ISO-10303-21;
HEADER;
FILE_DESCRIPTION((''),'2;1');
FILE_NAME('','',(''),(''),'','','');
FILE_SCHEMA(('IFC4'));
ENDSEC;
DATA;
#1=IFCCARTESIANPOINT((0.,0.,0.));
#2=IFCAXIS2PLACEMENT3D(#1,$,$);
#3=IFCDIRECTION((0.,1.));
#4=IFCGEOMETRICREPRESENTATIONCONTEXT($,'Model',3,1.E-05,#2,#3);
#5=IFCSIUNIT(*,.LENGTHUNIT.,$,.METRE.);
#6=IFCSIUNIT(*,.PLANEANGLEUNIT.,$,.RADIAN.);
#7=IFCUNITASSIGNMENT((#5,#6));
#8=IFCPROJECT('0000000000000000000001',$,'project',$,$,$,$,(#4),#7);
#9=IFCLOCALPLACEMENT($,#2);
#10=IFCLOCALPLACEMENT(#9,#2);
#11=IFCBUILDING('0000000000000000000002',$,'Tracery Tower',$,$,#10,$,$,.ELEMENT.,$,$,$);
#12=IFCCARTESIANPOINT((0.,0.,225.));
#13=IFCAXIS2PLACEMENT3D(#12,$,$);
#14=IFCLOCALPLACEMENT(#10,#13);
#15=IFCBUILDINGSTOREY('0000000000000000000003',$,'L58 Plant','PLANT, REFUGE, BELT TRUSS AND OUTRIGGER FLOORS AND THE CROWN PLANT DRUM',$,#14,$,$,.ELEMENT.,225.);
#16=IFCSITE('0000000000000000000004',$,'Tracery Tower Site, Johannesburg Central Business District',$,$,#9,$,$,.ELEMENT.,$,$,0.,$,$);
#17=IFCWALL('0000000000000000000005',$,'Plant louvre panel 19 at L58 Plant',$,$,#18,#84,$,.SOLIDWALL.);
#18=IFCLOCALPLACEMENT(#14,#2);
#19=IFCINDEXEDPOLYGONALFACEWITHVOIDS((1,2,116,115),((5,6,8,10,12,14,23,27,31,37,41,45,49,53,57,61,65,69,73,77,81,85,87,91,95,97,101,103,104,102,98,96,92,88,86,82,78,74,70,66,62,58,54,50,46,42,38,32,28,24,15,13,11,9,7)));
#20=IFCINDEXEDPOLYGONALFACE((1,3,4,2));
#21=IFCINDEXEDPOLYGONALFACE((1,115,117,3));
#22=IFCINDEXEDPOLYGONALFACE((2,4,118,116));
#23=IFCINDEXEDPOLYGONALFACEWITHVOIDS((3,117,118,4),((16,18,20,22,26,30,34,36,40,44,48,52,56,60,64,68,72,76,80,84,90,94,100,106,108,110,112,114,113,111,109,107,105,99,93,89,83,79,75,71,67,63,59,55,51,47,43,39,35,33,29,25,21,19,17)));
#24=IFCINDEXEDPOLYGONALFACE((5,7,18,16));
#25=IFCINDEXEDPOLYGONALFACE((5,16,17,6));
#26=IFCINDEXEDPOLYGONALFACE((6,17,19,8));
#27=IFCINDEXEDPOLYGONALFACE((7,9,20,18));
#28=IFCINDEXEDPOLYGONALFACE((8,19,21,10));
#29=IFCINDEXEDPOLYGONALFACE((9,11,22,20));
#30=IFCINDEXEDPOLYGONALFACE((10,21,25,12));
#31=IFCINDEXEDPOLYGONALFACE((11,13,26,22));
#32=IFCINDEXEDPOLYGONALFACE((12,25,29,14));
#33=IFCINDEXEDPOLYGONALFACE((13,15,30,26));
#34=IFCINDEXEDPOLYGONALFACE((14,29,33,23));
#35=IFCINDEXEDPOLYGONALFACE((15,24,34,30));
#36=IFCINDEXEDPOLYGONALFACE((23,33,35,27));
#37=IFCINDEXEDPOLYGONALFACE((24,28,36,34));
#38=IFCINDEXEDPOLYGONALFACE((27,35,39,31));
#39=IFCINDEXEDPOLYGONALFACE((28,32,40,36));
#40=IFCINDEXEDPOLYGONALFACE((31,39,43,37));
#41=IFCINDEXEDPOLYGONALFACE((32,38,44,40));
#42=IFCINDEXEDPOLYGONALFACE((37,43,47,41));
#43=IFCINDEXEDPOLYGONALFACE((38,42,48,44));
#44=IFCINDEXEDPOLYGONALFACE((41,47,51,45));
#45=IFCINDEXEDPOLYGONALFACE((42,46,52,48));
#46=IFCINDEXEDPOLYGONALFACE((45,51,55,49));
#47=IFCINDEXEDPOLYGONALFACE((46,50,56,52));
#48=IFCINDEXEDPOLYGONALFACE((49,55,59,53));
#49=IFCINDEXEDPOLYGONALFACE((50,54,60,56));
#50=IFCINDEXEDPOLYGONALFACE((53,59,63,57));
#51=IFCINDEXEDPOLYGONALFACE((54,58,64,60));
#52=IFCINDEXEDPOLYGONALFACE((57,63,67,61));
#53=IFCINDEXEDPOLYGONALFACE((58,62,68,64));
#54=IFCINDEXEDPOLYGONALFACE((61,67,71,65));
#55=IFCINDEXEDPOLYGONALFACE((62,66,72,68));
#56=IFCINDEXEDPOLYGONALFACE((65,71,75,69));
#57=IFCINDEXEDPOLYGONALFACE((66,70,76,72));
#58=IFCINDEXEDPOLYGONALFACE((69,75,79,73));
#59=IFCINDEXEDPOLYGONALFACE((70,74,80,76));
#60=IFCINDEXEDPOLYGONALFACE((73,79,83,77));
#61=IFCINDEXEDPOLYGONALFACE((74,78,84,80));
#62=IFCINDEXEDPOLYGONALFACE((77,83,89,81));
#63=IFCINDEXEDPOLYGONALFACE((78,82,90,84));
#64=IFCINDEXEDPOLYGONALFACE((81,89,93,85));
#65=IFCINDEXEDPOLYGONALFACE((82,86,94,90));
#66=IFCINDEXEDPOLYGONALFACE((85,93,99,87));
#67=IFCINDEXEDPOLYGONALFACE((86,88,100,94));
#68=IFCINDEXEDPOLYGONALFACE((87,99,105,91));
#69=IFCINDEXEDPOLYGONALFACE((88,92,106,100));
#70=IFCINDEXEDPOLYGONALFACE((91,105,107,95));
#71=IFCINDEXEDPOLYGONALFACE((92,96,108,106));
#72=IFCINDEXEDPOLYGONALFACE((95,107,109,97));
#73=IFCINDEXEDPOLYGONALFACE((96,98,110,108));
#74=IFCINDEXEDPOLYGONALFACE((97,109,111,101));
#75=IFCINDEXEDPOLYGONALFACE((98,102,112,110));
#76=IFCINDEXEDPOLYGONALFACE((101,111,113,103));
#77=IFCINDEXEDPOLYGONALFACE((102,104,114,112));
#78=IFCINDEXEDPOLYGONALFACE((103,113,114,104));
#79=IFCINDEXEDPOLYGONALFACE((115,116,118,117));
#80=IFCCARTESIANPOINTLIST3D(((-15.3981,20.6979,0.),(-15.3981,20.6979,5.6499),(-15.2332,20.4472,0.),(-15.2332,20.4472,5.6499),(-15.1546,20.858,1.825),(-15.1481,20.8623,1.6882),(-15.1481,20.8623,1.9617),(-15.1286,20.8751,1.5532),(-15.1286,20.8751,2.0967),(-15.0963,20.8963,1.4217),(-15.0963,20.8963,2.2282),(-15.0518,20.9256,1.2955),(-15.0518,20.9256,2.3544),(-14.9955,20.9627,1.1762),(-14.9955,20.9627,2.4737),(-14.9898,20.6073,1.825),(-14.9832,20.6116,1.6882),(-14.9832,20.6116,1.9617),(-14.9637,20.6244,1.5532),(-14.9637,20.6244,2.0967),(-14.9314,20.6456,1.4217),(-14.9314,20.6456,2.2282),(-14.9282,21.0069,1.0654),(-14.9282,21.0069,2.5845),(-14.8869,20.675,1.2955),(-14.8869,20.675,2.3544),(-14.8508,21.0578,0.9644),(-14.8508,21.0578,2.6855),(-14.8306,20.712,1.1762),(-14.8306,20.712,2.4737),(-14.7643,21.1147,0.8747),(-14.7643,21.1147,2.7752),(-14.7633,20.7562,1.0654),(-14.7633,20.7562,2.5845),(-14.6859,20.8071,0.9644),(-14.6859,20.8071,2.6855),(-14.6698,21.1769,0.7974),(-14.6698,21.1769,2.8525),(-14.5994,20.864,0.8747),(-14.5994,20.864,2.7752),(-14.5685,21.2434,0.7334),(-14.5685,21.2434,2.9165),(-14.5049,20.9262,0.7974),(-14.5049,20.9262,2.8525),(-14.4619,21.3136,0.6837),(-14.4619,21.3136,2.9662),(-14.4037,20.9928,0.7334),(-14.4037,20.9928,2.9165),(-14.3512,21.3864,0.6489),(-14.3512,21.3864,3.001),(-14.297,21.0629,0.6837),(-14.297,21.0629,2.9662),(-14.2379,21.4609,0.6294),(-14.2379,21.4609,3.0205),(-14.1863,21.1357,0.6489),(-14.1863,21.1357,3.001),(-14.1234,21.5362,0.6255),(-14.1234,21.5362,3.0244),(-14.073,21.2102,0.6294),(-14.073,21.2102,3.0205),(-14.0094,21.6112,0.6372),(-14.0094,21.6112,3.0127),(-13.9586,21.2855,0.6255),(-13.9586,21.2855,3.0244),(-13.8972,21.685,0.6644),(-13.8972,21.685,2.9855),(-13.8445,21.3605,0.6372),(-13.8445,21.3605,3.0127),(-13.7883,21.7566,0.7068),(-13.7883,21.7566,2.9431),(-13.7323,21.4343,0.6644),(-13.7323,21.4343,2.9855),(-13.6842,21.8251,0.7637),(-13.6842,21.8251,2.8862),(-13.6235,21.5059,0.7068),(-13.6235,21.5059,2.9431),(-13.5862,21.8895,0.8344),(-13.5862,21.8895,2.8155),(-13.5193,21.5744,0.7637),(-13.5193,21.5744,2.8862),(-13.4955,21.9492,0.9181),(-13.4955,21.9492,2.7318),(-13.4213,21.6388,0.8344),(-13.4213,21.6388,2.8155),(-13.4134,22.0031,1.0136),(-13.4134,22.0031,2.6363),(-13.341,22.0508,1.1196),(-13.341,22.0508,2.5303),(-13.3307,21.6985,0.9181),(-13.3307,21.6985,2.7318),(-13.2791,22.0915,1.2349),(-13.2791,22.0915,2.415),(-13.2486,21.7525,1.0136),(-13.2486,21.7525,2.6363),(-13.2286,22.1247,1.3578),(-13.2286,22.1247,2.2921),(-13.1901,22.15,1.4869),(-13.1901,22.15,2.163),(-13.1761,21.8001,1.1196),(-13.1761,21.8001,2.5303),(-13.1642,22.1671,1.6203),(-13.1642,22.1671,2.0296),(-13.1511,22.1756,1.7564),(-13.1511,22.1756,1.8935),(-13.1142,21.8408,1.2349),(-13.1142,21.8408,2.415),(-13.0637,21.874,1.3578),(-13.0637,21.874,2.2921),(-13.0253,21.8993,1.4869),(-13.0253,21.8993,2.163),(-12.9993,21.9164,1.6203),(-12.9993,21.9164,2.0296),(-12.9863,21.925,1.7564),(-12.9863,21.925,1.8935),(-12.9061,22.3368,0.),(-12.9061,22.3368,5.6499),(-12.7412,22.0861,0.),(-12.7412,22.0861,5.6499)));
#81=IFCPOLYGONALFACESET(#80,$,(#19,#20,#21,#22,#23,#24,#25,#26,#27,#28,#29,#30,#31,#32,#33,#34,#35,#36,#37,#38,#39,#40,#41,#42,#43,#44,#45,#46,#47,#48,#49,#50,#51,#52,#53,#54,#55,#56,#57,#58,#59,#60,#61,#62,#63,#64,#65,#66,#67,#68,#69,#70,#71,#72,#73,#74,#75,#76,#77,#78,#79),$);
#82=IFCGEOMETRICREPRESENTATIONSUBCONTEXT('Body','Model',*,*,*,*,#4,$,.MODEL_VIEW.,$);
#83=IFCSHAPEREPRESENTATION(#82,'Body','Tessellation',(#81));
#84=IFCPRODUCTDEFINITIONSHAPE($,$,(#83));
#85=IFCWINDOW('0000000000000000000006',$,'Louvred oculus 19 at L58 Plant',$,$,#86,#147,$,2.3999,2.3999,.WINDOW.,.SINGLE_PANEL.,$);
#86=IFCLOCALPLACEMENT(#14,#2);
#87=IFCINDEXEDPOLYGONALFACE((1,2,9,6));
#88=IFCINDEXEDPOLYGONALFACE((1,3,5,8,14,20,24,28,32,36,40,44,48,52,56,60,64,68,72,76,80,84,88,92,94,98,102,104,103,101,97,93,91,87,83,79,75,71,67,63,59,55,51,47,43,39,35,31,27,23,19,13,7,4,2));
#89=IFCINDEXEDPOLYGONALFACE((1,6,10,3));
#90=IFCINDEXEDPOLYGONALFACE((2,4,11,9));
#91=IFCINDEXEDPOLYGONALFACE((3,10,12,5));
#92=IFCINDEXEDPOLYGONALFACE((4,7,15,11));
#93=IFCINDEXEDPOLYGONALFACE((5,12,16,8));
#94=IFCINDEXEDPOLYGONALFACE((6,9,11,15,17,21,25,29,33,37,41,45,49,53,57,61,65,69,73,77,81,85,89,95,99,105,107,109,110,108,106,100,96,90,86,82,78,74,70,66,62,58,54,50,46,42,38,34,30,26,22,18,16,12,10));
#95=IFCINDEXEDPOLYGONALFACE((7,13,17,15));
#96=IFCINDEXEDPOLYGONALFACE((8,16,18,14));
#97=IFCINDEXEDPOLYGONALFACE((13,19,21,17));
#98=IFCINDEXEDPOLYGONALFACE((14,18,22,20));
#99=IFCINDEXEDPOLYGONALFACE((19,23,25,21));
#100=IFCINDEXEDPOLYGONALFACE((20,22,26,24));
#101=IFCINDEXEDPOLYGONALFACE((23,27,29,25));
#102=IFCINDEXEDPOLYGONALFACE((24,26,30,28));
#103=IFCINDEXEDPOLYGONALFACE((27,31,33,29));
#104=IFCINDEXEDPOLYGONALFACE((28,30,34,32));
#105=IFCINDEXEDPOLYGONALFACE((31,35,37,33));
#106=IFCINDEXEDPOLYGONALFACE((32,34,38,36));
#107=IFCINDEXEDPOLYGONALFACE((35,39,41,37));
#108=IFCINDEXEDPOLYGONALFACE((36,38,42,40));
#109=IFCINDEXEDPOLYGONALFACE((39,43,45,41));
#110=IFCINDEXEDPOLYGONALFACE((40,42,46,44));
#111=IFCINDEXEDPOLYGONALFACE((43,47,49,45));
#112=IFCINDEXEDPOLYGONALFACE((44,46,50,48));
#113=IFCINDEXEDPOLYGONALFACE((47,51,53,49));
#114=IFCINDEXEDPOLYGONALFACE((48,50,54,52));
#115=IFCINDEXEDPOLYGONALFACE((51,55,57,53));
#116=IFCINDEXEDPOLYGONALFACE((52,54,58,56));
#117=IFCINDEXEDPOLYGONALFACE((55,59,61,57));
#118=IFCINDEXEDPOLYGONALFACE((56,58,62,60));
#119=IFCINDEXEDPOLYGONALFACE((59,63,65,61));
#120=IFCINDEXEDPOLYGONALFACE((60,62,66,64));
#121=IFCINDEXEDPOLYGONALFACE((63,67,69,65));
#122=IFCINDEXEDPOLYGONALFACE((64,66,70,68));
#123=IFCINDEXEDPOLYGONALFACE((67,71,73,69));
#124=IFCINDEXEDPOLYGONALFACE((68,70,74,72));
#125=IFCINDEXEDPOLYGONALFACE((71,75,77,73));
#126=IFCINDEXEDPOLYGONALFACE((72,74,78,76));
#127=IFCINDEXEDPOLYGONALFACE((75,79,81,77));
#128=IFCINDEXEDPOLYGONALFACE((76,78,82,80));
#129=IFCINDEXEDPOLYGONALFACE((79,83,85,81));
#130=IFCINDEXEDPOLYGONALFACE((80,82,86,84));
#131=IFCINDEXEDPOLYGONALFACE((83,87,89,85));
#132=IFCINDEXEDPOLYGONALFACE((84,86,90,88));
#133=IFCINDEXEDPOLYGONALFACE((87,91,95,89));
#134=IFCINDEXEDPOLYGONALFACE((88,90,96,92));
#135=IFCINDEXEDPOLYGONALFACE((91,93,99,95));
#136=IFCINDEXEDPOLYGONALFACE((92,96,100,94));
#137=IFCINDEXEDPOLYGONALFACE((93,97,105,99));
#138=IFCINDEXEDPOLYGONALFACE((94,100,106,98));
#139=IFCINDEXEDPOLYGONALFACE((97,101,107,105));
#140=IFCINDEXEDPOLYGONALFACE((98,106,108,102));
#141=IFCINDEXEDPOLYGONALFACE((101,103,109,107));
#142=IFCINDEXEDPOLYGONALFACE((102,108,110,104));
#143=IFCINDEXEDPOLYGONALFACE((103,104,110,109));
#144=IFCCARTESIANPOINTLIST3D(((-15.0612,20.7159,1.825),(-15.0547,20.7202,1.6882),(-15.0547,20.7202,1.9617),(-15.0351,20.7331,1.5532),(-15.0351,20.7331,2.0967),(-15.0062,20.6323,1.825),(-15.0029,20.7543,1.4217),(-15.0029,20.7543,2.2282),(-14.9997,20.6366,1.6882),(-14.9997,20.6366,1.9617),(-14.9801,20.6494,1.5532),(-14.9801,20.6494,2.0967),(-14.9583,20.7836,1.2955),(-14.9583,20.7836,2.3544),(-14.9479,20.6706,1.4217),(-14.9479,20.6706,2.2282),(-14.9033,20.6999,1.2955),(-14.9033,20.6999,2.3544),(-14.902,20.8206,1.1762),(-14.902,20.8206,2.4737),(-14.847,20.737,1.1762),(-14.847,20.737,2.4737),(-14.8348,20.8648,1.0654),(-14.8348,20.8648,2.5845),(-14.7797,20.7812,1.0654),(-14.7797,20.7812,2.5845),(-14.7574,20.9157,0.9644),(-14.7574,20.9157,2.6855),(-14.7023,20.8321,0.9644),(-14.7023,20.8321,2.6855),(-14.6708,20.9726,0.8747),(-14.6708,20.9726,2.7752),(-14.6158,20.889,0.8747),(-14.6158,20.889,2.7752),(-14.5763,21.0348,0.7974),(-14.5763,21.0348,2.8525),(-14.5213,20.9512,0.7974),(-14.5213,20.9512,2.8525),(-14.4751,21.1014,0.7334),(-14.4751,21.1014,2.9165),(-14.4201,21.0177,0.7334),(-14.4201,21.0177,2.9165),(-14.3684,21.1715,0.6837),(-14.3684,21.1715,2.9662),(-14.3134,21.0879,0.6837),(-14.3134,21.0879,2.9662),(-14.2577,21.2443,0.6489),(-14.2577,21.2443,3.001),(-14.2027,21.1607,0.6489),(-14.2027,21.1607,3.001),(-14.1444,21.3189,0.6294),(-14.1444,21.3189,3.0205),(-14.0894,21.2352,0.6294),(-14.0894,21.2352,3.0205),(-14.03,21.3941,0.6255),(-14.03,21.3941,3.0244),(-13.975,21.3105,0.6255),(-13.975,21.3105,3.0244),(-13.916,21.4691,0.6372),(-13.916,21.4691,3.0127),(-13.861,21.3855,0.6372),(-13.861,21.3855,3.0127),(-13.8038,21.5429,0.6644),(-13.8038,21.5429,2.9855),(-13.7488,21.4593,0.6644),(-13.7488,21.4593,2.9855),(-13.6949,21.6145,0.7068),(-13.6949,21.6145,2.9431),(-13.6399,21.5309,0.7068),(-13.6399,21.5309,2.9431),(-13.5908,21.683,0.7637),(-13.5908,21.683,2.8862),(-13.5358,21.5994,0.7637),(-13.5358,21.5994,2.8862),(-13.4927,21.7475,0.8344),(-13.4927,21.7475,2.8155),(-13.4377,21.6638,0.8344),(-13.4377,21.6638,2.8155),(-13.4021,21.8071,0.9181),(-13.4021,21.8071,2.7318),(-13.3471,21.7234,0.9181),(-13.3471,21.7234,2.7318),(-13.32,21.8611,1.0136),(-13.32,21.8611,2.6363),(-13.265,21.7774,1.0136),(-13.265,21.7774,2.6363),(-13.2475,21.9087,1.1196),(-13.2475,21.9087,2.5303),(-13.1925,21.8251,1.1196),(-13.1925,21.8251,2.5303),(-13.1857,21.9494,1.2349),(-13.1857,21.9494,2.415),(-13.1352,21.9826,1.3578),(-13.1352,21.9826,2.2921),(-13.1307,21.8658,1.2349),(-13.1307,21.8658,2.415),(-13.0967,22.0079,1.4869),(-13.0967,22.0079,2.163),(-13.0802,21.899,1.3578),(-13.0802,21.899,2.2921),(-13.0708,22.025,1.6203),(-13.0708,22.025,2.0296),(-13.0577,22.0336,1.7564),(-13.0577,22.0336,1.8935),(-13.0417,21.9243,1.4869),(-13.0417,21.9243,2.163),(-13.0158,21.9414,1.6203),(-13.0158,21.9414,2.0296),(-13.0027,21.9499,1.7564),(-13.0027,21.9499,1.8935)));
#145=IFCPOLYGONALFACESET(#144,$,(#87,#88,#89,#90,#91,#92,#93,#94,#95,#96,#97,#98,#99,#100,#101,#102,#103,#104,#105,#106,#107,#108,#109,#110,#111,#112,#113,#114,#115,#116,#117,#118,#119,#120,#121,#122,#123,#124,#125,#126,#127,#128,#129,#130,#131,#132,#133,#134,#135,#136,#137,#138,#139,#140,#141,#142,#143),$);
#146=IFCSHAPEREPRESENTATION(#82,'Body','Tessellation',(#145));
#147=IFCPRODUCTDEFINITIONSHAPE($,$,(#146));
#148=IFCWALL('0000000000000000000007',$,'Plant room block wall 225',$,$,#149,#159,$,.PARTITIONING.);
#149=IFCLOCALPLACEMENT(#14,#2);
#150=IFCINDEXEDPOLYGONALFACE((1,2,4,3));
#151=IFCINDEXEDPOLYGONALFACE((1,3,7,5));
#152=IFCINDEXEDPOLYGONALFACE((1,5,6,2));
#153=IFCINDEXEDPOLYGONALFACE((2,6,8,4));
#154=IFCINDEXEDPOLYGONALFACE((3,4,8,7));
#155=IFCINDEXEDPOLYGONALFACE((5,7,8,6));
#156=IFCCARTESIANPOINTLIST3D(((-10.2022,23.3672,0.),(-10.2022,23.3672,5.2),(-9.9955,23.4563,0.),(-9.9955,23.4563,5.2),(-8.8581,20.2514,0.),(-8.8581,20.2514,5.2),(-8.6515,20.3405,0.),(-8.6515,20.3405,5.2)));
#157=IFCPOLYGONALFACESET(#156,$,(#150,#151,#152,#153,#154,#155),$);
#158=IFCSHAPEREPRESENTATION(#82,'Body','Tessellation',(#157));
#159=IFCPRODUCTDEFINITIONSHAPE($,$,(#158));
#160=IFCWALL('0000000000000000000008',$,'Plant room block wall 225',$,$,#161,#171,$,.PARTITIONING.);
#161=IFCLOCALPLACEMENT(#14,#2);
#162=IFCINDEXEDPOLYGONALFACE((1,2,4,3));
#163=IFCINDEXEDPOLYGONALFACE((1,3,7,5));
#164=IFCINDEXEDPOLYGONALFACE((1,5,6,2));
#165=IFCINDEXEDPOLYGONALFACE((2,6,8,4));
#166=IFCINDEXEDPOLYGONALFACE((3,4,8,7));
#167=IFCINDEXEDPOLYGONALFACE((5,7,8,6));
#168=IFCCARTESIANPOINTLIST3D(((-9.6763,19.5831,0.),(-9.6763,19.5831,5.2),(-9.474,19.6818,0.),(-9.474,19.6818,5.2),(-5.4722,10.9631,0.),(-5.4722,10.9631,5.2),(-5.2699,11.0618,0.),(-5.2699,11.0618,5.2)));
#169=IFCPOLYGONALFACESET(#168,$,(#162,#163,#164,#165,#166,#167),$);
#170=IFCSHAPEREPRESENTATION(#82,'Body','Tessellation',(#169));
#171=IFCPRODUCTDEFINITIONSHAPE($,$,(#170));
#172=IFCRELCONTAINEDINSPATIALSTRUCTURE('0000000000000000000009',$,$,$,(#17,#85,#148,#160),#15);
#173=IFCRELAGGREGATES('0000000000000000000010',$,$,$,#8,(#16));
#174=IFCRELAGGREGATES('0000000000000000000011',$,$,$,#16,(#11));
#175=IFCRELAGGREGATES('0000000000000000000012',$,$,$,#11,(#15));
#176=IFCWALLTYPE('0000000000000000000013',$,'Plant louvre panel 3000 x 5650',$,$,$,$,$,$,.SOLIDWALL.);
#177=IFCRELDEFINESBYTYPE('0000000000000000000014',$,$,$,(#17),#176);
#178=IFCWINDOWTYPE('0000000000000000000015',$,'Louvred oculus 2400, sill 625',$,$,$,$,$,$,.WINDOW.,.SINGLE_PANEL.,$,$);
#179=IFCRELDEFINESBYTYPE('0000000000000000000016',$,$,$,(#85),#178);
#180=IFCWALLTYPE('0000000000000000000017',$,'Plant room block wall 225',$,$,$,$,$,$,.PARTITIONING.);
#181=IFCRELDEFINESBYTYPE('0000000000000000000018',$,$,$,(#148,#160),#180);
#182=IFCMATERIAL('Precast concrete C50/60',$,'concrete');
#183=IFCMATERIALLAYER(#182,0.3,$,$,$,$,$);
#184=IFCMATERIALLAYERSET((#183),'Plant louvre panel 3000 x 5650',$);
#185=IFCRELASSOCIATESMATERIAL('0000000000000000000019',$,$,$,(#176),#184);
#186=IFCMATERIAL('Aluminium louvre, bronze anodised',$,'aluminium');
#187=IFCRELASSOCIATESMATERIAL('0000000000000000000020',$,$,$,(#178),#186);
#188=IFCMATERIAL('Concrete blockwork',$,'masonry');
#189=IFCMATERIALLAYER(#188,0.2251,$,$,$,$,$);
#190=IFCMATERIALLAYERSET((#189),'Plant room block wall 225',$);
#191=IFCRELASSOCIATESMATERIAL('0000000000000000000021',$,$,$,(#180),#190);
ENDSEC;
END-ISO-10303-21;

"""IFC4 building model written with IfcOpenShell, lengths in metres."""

from ifc_helpers import new_model, si_unit, direction, frame, frame_2d, origin, origin_2d, place, context, subcontext, project, spatial, rectangle, circle, extrude, material, layer, layer_set, type_object, element, fill, save


model = new_model("IFC4")

# Units and contexts
model_context = context("Model", 3, precision=1e-05, world=origin(), true_north=direction((0.0, 1.0)))
body_context = subcontext(model_context, "Body", "Model", "MODEL_VIEW")
ifc_project = project(units=[si_unit("LENGTHUNIT", "METRE"), si_unit("PLANEANGLEUNIT", "RADIAN")], contexts=[model_context])

# Site, building, storey
site_placement = place(None, origin())
site = spatial("IfcSite", under=ifc_project, at=site_placement, Name="Tracery Tower Site, Johannesburg Central Business District", CompositionType="ELEMENT", RefElevation=0.0)
building_placement = place(site_placement, origin())
building = spatial("IfcBuilding", under=site, at=building_placement, Name="Tracery Tower", CompositionType="ELEMENT")
storey_placement = place(building_placement, frame((0.0, 0.0, 225.0)))
storey = spatial("IfcBuildingStorey", under=building, at=storey_placement, Name="L58 Plant", Description="PLANT, REFUGE, BELT TRUSS AND OUTRIGGER FLOORS AND THE CROWN PLANT DRUM", CompositionType="ELEMENT", Elevation=225.0)

# Wall, opening, window
ifc_material_1 = material(Name="Precast concrete C50/60", Category="concrete")
ifc_layer_1 = layer(ifc_material_1, 0.3)
ifc_layer_set_1 = layer_set([ifc_layer_1], Name="Plant louvre panel 3000 x 5650")
wall_type_1 = type_object("IfcWallType", Name="Plant louvre panel 3000 x 5650", PredefinedType="SOLIDWALL", material=ifc_layer_set_1)
ifc_material_2 = material(Name="Aluminium louvre, bronze anodised", Category="aluminium")
window_type = type_object("IfcWindowType", Name="Louvred oculus 2400, sill 625", PartitioningType="SINGLE_PANEL", PredefinedType="WINDOW", material=ifc_material_2)
wall_1_placement = place(storey_placement, frame((-12.8237, 22.2114, 0.0), z_axis=(0.0, 0.0, 1.0), x_axis=(-0.835497, -0.549495, 0.0)))
wall_1 = element("IfcWall", 1, at=wall_1_placement, inside=storey, type_object=wall_type_1, Name="Plant louvre panel 19 at L58 Plant", PredefinedType="SOLIDWALL", context=body_context, shape_type="SweptSolid", body=[
    extrude(rectangle(XDim=2.9827, YDim=0.3, at=frame_2d((1.4912, 0.0))), origin(), (0.0, 0.0, 1.0), 5.6499),
])
opening_1_placement = place(wall_1_placement, frame((1.4912, 0.0, 1.825)))
opening_1 = element("IfcOpeningElement", 2, at=opening_1_placement, cuts=wall_1, PredefinedType="OPENING", context=body_context, shape_type="SweptSolid", body=[
    extrude(circle(Radius=1.2, at=origin_2d()), frame((0.0, 0.1599, 0.0), z_axis=(0.0, -1.0, 0.0), x_axis=(1.0, 0.0, 0.0)), (0.0, 0.0, 1.0), 0.3201),
])
window_1_placement = place(opening_1_placement, origin())
window_1 = element("IfcWindow", 3, at=window_1_placement, inside=storey, type_object=window_type, Name="Louvred oculus 19 at L58 Plant", OverallHeight=2.3999, OverallWidth=2.3999, PartitioningType="SINGLE_PANEL", PredefinedType="WINDOW", context=body_context, shape_type="SweptSolid", body=[
    extrude(circle(Radius=1.2, at=origin_2d()), frame((0.0, 0.1201, 0.0), z_axis=(0.0, -1.0, 0.0), x_axis=(1.0, 0.0, 0.0)), (0.0, 0.0, 1.0), 0.1001),
])
fill(opening_1, window_1)

# Walls
ifc_material_3 = material(Name="Concrete blockwork", Category="masonry")
ifc_layer_2 = layer(ifc_material_3, 0.2251)
ifc_layer_set_2 = layer_set([ifc_layer_2], Name="Plant room block wall 225")
wall_type_2 = type_object("IfcWallType", Name="Plant room block wall 225", PredefinedType="PARTITIONING", material=ifc_layer_set_2)
wall_2_placement = place(storey_placement, frame((-10.0989, 23.4119, 0.0), z_axis=(0.0, 0.0, 1.0), x_axis=(0.39608, -0.918216, 0.0)))
element("IfcWall", 4, at=wall_2_placement, inside=storey, type_object=wall_type_2, Name="Plant room block wall 225", PredefinedType="PARTITIONING", context=body_context, shape_type="SweptSolid", body=[
    extrude(rectangle(XDim=3.3933, YDim=0.2251, at=frame_2d((1.6968, 0.0))), origin(), (0.0, 0.0, 1.0), 5.2),
])
wall_3_placement = place(storey_placement, frame((-9.5752, 19.6326, 0.0), z_axis=(0.0, 0.0, 1.0), x_axis=(0.438353, -0.898803, 0.0)))
element("IfcWall", 5, at=wall_3_placement, inside=storey, type_object=wall_type_2, Name="Plant room block wall 225", PredefinedType="PARTITIONING", context=body_context, shape_type="SweptSolid", body=[
    extrude(rectangle(XDim=9.5906, YDim=0.2251, at=frame_2d((4.7954, 0.0))), origin(), (0.0, 0.0, 1.0), 5.2),
])

save(model, "model.ifc")
